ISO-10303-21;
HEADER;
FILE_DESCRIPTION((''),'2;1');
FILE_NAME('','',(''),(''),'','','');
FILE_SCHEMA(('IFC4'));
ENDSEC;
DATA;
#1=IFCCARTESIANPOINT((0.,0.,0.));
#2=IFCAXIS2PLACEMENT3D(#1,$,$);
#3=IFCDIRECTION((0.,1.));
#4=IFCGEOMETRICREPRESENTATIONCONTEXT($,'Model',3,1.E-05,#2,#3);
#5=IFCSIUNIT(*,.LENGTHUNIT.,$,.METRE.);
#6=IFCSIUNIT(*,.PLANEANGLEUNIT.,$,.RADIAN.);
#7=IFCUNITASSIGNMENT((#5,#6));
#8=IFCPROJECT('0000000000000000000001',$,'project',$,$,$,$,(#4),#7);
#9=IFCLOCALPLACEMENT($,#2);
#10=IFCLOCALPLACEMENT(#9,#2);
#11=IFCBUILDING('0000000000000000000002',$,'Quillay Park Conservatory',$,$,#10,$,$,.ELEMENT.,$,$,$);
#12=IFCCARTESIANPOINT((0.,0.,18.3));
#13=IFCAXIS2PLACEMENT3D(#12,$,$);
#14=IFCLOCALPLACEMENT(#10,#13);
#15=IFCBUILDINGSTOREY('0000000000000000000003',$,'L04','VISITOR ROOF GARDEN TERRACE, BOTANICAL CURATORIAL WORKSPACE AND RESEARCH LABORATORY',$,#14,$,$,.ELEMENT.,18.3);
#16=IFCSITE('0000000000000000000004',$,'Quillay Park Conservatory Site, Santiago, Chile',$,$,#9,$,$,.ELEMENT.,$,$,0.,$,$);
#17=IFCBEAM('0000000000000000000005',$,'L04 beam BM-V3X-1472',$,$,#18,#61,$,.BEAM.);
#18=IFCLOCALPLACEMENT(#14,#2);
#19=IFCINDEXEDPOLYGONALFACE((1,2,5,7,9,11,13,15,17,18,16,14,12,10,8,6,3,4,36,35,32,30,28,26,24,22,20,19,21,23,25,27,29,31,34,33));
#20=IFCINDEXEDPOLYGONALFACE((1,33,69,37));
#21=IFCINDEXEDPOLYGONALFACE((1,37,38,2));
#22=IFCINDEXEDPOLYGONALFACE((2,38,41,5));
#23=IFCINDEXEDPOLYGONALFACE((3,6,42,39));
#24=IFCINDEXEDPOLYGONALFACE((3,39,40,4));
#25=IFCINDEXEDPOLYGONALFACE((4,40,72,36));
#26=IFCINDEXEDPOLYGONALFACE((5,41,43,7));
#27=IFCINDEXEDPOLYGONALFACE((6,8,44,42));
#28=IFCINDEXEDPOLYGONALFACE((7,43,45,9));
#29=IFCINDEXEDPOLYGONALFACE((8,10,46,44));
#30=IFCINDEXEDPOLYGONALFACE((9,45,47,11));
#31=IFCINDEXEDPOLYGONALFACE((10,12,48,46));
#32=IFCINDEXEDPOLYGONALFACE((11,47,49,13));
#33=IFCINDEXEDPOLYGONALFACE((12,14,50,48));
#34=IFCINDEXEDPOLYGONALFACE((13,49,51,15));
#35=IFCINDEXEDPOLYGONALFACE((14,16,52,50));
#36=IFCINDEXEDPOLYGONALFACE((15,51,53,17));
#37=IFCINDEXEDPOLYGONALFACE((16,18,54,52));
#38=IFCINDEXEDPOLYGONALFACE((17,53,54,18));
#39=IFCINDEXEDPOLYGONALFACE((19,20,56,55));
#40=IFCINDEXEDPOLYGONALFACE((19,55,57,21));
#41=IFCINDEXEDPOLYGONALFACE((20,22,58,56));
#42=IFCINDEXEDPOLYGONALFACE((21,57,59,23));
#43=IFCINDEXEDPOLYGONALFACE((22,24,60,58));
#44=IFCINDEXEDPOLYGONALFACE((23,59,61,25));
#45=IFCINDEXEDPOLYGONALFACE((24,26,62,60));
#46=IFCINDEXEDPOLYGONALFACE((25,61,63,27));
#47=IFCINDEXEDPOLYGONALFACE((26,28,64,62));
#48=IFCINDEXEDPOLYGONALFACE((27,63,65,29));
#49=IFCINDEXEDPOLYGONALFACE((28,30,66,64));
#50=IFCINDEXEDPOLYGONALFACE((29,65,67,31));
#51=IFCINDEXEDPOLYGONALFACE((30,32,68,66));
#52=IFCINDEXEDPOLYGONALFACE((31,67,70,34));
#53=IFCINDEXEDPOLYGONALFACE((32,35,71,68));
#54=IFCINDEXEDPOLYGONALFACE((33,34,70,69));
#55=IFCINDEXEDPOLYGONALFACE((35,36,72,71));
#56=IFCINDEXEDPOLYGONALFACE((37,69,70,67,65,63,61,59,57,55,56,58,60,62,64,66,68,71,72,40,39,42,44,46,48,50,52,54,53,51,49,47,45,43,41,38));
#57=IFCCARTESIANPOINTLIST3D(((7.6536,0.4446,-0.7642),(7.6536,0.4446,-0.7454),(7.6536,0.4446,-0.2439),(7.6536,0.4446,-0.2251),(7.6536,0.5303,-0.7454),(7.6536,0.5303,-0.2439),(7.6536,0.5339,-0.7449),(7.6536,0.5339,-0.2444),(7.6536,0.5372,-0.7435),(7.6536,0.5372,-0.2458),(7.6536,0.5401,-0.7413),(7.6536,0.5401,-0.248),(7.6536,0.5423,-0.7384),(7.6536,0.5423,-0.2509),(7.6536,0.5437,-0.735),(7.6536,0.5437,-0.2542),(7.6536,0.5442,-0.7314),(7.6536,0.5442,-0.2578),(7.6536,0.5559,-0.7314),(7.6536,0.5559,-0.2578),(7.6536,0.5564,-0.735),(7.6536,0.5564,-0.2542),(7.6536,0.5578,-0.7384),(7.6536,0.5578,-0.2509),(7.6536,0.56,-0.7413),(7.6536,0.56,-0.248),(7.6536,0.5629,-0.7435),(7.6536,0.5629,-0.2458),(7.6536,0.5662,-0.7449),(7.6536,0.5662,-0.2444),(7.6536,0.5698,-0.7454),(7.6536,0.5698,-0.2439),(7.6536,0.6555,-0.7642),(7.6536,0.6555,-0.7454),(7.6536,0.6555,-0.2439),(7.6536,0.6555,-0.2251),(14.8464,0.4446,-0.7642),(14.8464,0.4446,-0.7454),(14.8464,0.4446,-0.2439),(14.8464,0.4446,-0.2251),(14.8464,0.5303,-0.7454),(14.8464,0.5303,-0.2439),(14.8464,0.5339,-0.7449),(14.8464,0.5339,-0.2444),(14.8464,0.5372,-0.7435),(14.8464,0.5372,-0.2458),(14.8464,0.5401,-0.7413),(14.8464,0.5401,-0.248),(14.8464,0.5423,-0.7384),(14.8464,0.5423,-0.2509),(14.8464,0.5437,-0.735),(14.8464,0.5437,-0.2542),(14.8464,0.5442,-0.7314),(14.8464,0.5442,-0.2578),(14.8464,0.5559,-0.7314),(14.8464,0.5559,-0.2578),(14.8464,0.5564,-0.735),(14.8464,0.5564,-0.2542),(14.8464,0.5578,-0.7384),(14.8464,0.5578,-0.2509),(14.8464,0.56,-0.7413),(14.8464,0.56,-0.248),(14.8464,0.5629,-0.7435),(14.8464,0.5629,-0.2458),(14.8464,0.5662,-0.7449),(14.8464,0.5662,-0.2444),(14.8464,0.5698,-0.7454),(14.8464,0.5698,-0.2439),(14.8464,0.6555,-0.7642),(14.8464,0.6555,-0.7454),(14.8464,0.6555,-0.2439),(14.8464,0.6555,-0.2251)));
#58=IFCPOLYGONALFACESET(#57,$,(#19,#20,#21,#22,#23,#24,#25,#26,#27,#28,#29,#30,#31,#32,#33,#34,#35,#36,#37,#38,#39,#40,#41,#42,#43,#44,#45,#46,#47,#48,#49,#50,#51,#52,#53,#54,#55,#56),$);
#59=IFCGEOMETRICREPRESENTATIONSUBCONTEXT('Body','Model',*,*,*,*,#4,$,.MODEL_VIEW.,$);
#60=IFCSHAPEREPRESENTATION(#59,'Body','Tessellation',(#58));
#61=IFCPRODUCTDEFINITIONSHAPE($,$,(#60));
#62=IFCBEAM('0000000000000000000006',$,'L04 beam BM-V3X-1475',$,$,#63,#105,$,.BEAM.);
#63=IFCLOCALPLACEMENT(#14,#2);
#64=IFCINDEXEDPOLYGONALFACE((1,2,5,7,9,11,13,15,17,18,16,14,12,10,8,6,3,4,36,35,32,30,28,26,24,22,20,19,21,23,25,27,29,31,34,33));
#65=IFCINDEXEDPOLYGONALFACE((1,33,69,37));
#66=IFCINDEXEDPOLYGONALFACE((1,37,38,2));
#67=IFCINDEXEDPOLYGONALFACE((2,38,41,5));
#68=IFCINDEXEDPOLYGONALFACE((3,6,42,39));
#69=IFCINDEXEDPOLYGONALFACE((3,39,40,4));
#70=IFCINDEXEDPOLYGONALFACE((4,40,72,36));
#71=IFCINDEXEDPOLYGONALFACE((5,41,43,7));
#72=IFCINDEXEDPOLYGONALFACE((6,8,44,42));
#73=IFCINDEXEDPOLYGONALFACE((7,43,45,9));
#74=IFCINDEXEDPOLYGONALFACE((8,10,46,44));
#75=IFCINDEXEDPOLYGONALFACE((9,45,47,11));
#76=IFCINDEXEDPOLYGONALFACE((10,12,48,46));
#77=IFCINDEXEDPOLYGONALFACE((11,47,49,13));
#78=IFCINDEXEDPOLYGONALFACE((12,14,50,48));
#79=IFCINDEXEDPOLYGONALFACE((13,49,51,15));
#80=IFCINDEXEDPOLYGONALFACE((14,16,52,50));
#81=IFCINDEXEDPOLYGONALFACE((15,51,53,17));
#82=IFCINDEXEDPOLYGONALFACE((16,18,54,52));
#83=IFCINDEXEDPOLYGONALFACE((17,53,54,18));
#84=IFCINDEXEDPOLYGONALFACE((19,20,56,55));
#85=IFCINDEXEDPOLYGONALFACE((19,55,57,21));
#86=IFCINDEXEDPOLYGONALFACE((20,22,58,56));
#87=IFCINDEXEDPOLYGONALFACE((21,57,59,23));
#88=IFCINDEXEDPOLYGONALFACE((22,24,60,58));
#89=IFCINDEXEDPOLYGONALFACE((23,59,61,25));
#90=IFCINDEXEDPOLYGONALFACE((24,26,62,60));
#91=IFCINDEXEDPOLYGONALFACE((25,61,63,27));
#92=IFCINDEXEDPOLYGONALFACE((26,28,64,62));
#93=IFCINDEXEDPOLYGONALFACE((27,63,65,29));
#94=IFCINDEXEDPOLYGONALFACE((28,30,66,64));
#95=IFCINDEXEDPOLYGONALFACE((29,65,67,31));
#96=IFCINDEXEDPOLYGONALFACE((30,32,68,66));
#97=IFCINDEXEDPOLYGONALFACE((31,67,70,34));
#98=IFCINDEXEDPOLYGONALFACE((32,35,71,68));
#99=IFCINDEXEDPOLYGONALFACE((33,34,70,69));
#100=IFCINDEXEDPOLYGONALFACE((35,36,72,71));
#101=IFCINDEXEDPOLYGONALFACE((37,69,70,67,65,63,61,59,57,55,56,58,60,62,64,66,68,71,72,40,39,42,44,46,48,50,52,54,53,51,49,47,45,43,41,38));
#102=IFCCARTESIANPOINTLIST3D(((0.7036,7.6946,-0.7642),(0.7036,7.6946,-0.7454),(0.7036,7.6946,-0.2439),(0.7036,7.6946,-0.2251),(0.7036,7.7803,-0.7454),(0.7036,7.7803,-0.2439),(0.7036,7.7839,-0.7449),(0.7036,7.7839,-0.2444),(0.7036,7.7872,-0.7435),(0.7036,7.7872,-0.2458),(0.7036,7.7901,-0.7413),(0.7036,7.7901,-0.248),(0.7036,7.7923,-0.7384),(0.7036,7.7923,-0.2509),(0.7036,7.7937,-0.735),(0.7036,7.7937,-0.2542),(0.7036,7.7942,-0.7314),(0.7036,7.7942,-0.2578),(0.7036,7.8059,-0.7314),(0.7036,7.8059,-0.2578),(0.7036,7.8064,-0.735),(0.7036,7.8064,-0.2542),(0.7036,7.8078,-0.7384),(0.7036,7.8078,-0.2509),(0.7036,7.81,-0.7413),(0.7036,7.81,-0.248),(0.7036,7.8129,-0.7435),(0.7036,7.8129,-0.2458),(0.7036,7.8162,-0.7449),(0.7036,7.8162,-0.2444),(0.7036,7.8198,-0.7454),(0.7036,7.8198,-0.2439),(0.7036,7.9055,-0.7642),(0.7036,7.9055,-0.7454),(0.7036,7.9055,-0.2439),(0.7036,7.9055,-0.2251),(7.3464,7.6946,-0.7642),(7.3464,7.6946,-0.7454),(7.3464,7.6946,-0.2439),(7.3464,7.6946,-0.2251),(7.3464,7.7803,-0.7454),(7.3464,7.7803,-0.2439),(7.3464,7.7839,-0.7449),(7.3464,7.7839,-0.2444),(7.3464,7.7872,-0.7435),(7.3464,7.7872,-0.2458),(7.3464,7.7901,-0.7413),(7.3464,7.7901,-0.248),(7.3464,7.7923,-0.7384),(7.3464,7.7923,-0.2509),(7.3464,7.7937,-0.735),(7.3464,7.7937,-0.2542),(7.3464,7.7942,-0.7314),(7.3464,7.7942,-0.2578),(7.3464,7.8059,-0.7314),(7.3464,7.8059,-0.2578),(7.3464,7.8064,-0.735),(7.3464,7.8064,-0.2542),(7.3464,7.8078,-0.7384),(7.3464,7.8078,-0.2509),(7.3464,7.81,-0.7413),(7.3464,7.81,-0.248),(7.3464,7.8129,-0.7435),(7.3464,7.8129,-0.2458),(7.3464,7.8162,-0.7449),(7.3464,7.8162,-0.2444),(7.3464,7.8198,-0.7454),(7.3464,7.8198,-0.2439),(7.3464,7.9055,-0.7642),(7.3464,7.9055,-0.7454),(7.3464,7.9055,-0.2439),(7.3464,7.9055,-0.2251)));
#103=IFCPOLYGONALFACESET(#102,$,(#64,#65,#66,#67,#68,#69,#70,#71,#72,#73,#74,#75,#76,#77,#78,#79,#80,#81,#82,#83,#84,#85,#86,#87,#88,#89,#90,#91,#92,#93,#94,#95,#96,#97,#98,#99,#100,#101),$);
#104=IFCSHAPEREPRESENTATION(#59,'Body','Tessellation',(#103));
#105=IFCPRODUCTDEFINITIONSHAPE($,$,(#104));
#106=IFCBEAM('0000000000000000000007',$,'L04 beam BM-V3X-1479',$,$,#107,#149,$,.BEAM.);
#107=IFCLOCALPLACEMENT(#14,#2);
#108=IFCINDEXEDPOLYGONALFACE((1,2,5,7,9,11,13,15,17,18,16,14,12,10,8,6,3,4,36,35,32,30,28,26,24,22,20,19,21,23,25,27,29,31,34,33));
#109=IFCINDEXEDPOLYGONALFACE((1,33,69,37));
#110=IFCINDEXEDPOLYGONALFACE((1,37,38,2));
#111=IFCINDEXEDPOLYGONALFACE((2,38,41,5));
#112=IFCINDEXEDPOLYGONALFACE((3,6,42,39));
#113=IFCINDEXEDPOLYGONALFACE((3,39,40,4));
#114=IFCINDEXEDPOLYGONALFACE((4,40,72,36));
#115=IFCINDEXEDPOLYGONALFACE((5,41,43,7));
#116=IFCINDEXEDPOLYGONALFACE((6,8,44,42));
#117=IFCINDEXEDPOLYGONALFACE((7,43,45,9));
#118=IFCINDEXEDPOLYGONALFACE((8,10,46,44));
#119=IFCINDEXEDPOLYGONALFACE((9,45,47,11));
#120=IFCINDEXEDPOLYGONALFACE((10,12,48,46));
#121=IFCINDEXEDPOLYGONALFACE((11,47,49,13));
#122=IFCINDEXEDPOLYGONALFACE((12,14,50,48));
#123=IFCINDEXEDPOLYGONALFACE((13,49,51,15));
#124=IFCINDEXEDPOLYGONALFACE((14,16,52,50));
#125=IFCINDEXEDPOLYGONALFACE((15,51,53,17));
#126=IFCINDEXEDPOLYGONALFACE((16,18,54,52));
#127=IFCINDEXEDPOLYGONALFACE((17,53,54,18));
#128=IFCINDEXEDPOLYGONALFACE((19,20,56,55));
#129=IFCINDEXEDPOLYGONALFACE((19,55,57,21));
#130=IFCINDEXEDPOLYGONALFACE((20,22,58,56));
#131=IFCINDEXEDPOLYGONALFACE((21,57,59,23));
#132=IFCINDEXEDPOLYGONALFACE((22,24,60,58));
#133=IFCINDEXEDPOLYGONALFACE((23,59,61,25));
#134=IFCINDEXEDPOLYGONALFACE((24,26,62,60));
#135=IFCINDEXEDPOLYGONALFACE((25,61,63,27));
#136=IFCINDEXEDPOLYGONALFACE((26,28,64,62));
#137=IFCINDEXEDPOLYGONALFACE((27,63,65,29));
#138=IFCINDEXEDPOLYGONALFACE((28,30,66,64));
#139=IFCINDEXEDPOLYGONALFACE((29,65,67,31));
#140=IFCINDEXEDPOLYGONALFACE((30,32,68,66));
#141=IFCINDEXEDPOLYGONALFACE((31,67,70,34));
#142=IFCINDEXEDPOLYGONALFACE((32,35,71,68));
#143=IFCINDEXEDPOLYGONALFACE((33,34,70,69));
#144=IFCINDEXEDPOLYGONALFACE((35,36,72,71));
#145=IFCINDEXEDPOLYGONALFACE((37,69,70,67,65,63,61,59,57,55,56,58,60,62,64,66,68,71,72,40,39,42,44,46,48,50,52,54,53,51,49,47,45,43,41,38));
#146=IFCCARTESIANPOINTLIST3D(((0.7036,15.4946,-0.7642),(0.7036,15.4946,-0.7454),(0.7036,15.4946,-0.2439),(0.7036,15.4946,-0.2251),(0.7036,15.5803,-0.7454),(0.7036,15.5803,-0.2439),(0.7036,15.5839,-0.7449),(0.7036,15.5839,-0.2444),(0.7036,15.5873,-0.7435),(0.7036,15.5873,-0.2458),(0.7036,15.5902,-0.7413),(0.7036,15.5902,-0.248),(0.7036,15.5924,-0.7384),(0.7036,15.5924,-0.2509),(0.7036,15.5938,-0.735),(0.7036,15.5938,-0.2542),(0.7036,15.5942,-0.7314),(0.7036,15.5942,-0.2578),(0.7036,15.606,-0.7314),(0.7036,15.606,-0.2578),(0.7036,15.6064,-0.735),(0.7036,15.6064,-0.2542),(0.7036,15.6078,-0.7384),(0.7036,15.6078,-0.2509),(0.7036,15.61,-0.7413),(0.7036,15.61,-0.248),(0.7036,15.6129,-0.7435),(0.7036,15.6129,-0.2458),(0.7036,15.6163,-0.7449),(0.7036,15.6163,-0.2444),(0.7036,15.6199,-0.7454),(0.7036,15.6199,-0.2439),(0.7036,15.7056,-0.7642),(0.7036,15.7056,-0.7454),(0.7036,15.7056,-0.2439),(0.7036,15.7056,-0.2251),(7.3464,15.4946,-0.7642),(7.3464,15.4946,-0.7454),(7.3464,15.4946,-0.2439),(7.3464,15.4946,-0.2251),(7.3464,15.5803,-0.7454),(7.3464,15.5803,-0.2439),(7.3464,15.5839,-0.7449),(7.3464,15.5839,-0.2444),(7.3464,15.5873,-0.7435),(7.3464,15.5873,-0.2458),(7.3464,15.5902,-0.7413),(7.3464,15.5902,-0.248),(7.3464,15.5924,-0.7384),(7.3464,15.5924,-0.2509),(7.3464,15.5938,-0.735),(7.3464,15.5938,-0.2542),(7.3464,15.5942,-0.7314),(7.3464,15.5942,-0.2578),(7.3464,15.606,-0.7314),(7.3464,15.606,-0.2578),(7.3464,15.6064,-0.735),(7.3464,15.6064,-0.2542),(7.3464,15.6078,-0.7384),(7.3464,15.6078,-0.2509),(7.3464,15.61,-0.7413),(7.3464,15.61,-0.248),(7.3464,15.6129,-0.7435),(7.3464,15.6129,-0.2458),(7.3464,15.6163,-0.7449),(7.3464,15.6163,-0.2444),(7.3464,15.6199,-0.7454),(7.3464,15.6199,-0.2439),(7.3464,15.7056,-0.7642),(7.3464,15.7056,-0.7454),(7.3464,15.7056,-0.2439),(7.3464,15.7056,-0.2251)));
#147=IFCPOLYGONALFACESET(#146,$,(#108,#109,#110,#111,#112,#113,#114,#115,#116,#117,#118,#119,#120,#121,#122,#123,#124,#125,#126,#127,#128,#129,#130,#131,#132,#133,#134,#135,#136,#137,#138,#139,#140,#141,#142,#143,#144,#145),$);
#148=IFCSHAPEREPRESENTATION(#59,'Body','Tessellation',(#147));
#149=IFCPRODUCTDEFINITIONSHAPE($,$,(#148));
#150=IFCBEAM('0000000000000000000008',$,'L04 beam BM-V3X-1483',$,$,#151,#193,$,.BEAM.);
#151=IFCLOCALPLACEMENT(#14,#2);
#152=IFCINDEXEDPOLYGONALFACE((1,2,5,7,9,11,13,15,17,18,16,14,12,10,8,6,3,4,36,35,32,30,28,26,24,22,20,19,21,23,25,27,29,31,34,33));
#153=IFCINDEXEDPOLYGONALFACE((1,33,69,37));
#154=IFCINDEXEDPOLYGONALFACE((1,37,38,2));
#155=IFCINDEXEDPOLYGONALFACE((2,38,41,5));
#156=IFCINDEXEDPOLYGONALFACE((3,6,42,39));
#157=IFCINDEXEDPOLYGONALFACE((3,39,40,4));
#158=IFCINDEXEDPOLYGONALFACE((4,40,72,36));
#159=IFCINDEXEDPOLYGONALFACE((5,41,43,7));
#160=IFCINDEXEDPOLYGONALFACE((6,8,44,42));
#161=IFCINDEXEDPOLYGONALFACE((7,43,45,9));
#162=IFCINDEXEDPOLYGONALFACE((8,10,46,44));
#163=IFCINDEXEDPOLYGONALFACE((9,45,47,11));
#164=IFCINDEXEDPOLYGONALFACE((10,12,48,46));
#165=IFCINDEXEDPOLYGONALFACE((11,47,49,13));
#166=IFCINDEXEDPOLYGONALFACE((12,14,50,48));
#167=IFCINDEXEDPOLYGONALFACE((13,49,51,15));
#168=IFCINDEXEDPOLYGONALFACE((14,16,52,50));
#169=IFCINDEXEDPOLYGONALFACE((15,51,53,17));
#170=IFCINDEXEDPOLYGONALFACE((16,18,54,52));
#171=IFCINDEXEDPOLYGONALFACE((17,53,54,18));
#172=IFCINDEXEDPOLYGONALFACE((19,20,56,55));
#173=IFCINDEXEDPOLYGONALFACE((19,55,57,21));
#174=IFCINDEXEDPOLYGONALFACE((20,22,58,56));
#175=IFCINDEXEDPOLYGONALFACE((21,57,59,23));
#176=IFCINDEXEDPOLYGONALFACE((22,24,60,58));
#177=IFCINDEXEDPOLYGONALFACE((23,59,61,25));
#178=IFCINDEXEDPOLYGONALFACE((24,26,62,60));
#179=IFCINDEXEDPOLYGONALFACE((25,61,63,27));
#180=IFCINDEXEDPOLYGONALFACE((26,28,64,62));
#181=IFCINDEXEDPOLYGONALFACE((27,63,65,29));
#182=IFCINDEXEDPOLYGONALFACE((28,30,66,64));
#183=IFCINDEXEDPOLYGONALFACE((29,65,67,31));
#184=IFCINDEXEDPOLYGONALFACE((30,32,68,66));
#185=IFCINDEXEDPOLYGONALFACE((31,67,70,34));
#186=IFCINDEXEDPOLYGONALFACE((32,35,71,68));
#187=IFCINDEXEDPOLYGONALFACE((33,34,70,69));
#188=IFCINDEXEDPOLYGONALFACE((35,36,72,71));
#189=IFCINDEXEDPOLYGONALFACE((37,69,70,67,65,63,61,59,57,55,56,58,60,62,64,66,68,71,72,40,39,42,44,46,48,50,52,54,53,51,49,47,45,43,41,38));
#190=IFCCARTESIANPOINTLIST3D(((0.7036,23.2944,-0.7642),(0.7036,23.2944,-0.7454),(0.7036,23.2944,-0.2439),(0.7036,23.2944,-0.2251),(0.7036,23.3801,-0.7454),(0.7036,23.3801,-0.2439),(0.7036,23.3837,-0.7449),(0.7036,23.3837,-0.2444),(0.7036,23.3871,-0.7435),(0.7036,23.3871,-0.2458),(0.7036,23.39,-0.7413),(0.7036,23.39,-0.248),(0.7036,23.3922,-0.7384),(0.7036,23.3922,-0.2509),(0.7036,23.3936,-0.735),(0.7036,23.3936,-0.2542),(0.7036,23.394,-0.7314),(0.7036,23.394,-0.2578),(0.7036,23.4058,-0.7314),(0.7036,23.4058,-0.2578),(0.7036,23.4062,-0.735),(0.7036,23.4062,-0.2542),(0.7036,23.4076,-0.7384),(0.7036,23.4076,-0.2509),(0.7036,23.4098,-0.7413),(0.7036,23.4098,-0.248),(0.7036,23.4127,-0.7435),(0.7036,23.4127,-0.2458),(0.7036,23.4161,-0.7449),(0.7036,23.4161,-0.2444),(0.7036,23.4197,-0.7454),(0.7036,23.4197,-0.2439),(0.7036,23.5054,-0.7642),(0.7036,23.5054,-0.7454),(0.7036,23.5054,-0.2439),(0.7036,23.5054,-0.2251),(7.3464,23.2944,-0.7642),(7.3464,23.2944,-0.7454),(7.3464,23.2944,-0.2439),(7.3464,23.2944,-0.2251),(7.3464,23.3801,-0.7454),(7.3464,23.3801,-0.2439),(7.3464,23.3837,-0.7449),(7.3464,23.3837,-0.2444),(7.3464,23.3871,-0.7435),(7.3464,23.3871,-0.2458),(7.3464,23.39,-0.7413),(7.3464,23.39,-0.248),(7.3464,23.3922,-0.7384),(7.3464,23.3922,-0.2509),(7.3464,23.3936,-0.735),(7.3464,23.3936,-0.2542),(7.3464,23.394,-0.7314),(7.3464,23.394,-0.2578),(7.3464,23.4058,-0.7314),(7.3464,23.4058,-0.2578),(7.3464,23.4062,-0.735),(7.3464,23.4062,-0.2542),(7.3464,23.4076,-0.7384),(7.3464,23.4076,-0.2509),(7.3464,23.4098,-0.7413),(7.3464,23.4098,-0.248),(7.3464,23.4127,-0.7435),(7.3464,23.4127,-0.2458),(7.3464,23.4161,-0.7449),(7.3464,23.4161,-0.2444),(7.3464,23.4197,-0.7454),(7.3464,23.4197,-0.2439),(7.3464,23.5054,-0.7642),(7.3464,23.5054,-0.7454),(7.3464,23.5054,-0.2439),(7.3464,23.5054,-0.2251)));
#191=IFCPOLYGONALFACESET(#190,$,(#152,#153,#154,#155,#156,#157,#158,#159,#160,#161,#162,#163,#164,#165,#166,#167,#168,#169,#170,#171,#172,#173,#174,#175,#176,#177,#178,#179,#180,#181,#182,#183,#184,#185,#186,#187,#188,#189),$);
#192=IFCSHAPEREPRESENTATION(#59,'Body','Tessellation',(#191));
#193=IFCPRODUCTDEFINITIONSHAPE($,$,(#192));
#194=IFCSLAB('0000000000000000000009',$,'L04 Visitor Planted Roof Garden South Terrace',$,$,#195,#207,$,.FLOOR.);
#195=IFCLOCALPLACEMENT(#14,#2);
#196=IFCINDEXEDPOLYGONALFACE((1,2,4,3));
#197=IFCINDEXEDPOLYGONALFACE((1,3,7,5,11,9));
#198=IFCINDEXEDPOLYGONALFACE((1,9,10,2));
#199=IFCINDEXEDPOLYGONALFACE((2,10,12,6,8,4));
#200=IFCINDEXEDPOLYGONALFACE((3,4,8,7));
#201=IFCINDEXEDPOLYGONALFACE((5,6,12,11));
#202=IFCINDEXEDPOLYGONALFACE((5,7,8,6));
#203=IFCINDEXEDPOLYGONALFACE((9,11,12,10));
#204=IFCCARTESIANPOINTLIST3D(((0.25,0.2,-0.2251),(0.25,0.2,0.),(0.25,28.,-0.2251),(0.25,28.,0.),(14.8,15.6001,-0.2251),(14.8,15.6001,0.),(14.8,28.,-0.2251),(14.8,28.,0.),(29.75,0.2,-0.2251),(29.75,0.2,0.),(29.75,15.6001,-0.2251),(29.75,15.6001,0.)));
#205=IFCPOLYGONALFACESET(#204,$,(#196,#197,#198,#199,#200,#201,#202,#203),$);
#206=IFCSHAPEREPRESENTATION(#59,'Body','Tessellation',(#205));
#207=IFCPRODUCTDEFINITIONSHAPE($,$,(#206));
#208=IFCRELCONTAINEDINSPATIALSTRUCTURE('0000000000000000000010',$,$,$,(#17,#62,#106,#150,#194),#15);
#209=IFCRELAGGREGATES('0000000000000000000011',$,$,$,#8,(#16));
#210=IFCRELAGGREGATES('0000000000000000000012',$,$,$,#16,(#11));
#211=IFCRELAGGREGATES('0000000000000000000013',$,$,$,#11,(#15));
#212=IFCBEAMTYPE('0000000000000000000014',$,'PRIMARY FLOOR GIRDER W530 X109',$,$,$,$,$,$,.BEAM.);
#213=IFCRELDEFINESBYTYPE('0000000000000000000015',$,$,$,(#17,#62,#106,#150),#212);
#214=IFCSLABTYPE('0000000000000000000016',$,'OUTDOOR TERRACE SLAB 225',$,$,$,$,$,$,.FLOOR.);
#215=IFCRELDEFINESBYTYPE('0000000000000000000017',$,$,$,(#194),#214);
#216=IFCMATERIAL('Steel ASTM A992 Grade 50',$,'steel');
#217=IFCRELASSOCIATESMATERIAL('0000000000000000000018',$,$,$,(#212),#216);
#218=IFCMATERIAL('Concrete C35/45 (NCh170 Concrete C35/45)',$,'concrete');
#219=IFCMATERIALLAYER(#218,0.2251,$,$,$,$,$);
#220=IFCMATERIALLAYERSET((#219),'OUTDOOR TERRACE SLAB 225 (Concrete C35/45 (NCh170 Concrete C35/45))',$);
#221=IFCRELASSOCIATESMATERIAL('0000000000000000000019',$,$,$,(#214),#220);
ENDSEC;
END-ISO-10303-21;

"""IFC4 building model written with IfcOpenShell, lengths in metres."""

from ifc_helpers import new_model, si_unit, direction, frame, origin, origin_2d, place, context, subcontext, project, spatial, polyline, i_section, outline, extrude, material, layer, layer_set, material_profile, profile_set, type_object, element, save


model = new_model("IFC4")

# Units and contexts
model_context = context("Model", 3, precision=1e-05, world=origin(), true_north=direction((0.0, 1.0)))
body_context = subcontext(model_context, "Body", "Model", "MODEL_VIEW")
ifc_project = project(units=[si_unit("LENGTHUNIT", "METRE"), si_unit("PLANEANGLEUNIT", "RADIAN")], contexts=[model_context])

# Site, building, storey
site_placement = place(None, origin())
site = spatial("IfcSite", under=ifc_project, at=site_placement, Name="Quillay Park Conservatory Site, Santiago, Chile", CompositionType="ELEMENT", RefElevation=0.0)
building_placement = place(site_placement, origin())
building = spatial("IfcBuilding", under=site, at=building_placement, Name="Quillay Park Conservatory", CompositionType="ELEMENT")
storey_placement = place(building_placement, frame((0.0, 0.0, 18.3)))
storey = spatial("IfcBuildingStorey", under=building, at=storey_placement, Name="L04", Description="VISITOR ROOF GARDEN TERRACE, BOTANICAL CURATORIAL WORKSPACE AND RESEARCH LABORATORY", CompositionType="ELEMENT", Elevation=18.3)

# Beams
ifc_material_1 = material(Name="Steel ASTM A992 Grade 50", Category="steel")
ifc_material_profile_1 = material_profile(ifc_material_1, i_section(OverallWidth=0.2109, OverallDepth=0.5391, WebThickness=0.0117, FlangeThickness=0.0188, FilletRadius=0.0139, at=origin_2d()), Name="W530x109")
ifc_profile_set_1 = profile_set([ifc_material_profile_1], Name="Steel ASTM A992 Grade 50")
beam_type_1 = type_object("IfcBeamType", Name="PRIMARY FLOOR GIRDER W530 X109", PredefinedType="BEAM", material=ifc_profile_set_1)
beam_1_placement = place(storey_placement, frame((7.6536, 0.55, -0.4946), z_axis=(1.0, 0.0, 0.0), x_axis=(0.0, 1.0, 0.0)))
element("IfcBeam", 1, at=beam_1_placement, inside=storey, type_object=beam_type_1, Name="L04 beam BM-V3X-1472", PredefinedType="BEAM", context=body_context, shape_type="SweptSolid", body=[
    extrude(i_section(OverallWidth=0.2109, OverallDepth=0.5391, WebThickness=0.0117, FlangeThickness=0.0188, FilletRadius=0.0139, at=origin_2d()), origin(), (0.0, 0.0, 1.0), 7.1929),
])
for number, where, z_axis, x_axis, name in (
    (2, (0.7036, 7.8, -0.4946), (1.0, 0.0, 0.0), (0.0, 1.0, 0.0), "L04 beam BM-V3X-1475"),
    (3, (0.7036, 15.6001, -0.4946), (1.0, 0.0, 0.0), (0.0, 1.0, 0.0), "L04 beam BM-V3X-1479"),
    (4, (0.7036, 23.3999, -0.4946), (1.0, 0.0, 0.0), (0.0, 1.0, 0.0), "L04 beam BM-V3X-1483"),
):
    element("IfcBeam", number, at=place(storey_placement, frame(where, z_axis=z_axis, x_axis=x_axis)), inside=storey, type_object=beam_type_1, Name=name, PredefinedType="BEAM", context=body_context, shape_type="SweptSolid", body=[
        extrude(i_section(OverallWidth=0.2109, OverallDepth=0.5391, WebThickness=0.0117, FlangeThickness=0.0188, FilletRadius=0.0139, at=origin_2d()), origin(), (0.0, 0.0, 1.0), 6.6428),
    ])

# Slab
ifc_material_2 = material(Name="Concrete C35/45 (NCh170 Concrete C35/45)", Category="concrete")
ifc_layer_1 = layer(ifc_material_2, 0.2251)
ifc_layer_set_1 = layer_set([ifc_layer_1], Name="OUTDOOR TERRACE SLAB 225 (Concrete C35/45 (NCh170 Concrete C35/45))")
slab_type_1 = type_object("IfcSlabType", Name="OUTDOOR TERRACE SLAB 225", PredefinedType="FLOOR", material=ifc_layer_set_1)
slab_1_placement = place(storey_placement, frame((0.0, 0.0, -0.2251)))
element("IfcSlab", 5, at=slab_1_placement, inside=storey, type_object=slab_type_1, Name="L04 Visitor Planted Roof Garden South Terrace", PredefinedType="FLOOR", context=body_context, shape_type="SweptSolid", body=[
    extrude(outline(polyline([(0.25, 0.2), (29.75, 0.2), (29.75, 15.6001), (14.8, 15.6001), (14.8, 28.0), (0.25, 28.0), (0.25, 0.2)])), origin(), (0.0, 0.0, 1.0), 0.2251),
])

save(model, "model.ifc")
